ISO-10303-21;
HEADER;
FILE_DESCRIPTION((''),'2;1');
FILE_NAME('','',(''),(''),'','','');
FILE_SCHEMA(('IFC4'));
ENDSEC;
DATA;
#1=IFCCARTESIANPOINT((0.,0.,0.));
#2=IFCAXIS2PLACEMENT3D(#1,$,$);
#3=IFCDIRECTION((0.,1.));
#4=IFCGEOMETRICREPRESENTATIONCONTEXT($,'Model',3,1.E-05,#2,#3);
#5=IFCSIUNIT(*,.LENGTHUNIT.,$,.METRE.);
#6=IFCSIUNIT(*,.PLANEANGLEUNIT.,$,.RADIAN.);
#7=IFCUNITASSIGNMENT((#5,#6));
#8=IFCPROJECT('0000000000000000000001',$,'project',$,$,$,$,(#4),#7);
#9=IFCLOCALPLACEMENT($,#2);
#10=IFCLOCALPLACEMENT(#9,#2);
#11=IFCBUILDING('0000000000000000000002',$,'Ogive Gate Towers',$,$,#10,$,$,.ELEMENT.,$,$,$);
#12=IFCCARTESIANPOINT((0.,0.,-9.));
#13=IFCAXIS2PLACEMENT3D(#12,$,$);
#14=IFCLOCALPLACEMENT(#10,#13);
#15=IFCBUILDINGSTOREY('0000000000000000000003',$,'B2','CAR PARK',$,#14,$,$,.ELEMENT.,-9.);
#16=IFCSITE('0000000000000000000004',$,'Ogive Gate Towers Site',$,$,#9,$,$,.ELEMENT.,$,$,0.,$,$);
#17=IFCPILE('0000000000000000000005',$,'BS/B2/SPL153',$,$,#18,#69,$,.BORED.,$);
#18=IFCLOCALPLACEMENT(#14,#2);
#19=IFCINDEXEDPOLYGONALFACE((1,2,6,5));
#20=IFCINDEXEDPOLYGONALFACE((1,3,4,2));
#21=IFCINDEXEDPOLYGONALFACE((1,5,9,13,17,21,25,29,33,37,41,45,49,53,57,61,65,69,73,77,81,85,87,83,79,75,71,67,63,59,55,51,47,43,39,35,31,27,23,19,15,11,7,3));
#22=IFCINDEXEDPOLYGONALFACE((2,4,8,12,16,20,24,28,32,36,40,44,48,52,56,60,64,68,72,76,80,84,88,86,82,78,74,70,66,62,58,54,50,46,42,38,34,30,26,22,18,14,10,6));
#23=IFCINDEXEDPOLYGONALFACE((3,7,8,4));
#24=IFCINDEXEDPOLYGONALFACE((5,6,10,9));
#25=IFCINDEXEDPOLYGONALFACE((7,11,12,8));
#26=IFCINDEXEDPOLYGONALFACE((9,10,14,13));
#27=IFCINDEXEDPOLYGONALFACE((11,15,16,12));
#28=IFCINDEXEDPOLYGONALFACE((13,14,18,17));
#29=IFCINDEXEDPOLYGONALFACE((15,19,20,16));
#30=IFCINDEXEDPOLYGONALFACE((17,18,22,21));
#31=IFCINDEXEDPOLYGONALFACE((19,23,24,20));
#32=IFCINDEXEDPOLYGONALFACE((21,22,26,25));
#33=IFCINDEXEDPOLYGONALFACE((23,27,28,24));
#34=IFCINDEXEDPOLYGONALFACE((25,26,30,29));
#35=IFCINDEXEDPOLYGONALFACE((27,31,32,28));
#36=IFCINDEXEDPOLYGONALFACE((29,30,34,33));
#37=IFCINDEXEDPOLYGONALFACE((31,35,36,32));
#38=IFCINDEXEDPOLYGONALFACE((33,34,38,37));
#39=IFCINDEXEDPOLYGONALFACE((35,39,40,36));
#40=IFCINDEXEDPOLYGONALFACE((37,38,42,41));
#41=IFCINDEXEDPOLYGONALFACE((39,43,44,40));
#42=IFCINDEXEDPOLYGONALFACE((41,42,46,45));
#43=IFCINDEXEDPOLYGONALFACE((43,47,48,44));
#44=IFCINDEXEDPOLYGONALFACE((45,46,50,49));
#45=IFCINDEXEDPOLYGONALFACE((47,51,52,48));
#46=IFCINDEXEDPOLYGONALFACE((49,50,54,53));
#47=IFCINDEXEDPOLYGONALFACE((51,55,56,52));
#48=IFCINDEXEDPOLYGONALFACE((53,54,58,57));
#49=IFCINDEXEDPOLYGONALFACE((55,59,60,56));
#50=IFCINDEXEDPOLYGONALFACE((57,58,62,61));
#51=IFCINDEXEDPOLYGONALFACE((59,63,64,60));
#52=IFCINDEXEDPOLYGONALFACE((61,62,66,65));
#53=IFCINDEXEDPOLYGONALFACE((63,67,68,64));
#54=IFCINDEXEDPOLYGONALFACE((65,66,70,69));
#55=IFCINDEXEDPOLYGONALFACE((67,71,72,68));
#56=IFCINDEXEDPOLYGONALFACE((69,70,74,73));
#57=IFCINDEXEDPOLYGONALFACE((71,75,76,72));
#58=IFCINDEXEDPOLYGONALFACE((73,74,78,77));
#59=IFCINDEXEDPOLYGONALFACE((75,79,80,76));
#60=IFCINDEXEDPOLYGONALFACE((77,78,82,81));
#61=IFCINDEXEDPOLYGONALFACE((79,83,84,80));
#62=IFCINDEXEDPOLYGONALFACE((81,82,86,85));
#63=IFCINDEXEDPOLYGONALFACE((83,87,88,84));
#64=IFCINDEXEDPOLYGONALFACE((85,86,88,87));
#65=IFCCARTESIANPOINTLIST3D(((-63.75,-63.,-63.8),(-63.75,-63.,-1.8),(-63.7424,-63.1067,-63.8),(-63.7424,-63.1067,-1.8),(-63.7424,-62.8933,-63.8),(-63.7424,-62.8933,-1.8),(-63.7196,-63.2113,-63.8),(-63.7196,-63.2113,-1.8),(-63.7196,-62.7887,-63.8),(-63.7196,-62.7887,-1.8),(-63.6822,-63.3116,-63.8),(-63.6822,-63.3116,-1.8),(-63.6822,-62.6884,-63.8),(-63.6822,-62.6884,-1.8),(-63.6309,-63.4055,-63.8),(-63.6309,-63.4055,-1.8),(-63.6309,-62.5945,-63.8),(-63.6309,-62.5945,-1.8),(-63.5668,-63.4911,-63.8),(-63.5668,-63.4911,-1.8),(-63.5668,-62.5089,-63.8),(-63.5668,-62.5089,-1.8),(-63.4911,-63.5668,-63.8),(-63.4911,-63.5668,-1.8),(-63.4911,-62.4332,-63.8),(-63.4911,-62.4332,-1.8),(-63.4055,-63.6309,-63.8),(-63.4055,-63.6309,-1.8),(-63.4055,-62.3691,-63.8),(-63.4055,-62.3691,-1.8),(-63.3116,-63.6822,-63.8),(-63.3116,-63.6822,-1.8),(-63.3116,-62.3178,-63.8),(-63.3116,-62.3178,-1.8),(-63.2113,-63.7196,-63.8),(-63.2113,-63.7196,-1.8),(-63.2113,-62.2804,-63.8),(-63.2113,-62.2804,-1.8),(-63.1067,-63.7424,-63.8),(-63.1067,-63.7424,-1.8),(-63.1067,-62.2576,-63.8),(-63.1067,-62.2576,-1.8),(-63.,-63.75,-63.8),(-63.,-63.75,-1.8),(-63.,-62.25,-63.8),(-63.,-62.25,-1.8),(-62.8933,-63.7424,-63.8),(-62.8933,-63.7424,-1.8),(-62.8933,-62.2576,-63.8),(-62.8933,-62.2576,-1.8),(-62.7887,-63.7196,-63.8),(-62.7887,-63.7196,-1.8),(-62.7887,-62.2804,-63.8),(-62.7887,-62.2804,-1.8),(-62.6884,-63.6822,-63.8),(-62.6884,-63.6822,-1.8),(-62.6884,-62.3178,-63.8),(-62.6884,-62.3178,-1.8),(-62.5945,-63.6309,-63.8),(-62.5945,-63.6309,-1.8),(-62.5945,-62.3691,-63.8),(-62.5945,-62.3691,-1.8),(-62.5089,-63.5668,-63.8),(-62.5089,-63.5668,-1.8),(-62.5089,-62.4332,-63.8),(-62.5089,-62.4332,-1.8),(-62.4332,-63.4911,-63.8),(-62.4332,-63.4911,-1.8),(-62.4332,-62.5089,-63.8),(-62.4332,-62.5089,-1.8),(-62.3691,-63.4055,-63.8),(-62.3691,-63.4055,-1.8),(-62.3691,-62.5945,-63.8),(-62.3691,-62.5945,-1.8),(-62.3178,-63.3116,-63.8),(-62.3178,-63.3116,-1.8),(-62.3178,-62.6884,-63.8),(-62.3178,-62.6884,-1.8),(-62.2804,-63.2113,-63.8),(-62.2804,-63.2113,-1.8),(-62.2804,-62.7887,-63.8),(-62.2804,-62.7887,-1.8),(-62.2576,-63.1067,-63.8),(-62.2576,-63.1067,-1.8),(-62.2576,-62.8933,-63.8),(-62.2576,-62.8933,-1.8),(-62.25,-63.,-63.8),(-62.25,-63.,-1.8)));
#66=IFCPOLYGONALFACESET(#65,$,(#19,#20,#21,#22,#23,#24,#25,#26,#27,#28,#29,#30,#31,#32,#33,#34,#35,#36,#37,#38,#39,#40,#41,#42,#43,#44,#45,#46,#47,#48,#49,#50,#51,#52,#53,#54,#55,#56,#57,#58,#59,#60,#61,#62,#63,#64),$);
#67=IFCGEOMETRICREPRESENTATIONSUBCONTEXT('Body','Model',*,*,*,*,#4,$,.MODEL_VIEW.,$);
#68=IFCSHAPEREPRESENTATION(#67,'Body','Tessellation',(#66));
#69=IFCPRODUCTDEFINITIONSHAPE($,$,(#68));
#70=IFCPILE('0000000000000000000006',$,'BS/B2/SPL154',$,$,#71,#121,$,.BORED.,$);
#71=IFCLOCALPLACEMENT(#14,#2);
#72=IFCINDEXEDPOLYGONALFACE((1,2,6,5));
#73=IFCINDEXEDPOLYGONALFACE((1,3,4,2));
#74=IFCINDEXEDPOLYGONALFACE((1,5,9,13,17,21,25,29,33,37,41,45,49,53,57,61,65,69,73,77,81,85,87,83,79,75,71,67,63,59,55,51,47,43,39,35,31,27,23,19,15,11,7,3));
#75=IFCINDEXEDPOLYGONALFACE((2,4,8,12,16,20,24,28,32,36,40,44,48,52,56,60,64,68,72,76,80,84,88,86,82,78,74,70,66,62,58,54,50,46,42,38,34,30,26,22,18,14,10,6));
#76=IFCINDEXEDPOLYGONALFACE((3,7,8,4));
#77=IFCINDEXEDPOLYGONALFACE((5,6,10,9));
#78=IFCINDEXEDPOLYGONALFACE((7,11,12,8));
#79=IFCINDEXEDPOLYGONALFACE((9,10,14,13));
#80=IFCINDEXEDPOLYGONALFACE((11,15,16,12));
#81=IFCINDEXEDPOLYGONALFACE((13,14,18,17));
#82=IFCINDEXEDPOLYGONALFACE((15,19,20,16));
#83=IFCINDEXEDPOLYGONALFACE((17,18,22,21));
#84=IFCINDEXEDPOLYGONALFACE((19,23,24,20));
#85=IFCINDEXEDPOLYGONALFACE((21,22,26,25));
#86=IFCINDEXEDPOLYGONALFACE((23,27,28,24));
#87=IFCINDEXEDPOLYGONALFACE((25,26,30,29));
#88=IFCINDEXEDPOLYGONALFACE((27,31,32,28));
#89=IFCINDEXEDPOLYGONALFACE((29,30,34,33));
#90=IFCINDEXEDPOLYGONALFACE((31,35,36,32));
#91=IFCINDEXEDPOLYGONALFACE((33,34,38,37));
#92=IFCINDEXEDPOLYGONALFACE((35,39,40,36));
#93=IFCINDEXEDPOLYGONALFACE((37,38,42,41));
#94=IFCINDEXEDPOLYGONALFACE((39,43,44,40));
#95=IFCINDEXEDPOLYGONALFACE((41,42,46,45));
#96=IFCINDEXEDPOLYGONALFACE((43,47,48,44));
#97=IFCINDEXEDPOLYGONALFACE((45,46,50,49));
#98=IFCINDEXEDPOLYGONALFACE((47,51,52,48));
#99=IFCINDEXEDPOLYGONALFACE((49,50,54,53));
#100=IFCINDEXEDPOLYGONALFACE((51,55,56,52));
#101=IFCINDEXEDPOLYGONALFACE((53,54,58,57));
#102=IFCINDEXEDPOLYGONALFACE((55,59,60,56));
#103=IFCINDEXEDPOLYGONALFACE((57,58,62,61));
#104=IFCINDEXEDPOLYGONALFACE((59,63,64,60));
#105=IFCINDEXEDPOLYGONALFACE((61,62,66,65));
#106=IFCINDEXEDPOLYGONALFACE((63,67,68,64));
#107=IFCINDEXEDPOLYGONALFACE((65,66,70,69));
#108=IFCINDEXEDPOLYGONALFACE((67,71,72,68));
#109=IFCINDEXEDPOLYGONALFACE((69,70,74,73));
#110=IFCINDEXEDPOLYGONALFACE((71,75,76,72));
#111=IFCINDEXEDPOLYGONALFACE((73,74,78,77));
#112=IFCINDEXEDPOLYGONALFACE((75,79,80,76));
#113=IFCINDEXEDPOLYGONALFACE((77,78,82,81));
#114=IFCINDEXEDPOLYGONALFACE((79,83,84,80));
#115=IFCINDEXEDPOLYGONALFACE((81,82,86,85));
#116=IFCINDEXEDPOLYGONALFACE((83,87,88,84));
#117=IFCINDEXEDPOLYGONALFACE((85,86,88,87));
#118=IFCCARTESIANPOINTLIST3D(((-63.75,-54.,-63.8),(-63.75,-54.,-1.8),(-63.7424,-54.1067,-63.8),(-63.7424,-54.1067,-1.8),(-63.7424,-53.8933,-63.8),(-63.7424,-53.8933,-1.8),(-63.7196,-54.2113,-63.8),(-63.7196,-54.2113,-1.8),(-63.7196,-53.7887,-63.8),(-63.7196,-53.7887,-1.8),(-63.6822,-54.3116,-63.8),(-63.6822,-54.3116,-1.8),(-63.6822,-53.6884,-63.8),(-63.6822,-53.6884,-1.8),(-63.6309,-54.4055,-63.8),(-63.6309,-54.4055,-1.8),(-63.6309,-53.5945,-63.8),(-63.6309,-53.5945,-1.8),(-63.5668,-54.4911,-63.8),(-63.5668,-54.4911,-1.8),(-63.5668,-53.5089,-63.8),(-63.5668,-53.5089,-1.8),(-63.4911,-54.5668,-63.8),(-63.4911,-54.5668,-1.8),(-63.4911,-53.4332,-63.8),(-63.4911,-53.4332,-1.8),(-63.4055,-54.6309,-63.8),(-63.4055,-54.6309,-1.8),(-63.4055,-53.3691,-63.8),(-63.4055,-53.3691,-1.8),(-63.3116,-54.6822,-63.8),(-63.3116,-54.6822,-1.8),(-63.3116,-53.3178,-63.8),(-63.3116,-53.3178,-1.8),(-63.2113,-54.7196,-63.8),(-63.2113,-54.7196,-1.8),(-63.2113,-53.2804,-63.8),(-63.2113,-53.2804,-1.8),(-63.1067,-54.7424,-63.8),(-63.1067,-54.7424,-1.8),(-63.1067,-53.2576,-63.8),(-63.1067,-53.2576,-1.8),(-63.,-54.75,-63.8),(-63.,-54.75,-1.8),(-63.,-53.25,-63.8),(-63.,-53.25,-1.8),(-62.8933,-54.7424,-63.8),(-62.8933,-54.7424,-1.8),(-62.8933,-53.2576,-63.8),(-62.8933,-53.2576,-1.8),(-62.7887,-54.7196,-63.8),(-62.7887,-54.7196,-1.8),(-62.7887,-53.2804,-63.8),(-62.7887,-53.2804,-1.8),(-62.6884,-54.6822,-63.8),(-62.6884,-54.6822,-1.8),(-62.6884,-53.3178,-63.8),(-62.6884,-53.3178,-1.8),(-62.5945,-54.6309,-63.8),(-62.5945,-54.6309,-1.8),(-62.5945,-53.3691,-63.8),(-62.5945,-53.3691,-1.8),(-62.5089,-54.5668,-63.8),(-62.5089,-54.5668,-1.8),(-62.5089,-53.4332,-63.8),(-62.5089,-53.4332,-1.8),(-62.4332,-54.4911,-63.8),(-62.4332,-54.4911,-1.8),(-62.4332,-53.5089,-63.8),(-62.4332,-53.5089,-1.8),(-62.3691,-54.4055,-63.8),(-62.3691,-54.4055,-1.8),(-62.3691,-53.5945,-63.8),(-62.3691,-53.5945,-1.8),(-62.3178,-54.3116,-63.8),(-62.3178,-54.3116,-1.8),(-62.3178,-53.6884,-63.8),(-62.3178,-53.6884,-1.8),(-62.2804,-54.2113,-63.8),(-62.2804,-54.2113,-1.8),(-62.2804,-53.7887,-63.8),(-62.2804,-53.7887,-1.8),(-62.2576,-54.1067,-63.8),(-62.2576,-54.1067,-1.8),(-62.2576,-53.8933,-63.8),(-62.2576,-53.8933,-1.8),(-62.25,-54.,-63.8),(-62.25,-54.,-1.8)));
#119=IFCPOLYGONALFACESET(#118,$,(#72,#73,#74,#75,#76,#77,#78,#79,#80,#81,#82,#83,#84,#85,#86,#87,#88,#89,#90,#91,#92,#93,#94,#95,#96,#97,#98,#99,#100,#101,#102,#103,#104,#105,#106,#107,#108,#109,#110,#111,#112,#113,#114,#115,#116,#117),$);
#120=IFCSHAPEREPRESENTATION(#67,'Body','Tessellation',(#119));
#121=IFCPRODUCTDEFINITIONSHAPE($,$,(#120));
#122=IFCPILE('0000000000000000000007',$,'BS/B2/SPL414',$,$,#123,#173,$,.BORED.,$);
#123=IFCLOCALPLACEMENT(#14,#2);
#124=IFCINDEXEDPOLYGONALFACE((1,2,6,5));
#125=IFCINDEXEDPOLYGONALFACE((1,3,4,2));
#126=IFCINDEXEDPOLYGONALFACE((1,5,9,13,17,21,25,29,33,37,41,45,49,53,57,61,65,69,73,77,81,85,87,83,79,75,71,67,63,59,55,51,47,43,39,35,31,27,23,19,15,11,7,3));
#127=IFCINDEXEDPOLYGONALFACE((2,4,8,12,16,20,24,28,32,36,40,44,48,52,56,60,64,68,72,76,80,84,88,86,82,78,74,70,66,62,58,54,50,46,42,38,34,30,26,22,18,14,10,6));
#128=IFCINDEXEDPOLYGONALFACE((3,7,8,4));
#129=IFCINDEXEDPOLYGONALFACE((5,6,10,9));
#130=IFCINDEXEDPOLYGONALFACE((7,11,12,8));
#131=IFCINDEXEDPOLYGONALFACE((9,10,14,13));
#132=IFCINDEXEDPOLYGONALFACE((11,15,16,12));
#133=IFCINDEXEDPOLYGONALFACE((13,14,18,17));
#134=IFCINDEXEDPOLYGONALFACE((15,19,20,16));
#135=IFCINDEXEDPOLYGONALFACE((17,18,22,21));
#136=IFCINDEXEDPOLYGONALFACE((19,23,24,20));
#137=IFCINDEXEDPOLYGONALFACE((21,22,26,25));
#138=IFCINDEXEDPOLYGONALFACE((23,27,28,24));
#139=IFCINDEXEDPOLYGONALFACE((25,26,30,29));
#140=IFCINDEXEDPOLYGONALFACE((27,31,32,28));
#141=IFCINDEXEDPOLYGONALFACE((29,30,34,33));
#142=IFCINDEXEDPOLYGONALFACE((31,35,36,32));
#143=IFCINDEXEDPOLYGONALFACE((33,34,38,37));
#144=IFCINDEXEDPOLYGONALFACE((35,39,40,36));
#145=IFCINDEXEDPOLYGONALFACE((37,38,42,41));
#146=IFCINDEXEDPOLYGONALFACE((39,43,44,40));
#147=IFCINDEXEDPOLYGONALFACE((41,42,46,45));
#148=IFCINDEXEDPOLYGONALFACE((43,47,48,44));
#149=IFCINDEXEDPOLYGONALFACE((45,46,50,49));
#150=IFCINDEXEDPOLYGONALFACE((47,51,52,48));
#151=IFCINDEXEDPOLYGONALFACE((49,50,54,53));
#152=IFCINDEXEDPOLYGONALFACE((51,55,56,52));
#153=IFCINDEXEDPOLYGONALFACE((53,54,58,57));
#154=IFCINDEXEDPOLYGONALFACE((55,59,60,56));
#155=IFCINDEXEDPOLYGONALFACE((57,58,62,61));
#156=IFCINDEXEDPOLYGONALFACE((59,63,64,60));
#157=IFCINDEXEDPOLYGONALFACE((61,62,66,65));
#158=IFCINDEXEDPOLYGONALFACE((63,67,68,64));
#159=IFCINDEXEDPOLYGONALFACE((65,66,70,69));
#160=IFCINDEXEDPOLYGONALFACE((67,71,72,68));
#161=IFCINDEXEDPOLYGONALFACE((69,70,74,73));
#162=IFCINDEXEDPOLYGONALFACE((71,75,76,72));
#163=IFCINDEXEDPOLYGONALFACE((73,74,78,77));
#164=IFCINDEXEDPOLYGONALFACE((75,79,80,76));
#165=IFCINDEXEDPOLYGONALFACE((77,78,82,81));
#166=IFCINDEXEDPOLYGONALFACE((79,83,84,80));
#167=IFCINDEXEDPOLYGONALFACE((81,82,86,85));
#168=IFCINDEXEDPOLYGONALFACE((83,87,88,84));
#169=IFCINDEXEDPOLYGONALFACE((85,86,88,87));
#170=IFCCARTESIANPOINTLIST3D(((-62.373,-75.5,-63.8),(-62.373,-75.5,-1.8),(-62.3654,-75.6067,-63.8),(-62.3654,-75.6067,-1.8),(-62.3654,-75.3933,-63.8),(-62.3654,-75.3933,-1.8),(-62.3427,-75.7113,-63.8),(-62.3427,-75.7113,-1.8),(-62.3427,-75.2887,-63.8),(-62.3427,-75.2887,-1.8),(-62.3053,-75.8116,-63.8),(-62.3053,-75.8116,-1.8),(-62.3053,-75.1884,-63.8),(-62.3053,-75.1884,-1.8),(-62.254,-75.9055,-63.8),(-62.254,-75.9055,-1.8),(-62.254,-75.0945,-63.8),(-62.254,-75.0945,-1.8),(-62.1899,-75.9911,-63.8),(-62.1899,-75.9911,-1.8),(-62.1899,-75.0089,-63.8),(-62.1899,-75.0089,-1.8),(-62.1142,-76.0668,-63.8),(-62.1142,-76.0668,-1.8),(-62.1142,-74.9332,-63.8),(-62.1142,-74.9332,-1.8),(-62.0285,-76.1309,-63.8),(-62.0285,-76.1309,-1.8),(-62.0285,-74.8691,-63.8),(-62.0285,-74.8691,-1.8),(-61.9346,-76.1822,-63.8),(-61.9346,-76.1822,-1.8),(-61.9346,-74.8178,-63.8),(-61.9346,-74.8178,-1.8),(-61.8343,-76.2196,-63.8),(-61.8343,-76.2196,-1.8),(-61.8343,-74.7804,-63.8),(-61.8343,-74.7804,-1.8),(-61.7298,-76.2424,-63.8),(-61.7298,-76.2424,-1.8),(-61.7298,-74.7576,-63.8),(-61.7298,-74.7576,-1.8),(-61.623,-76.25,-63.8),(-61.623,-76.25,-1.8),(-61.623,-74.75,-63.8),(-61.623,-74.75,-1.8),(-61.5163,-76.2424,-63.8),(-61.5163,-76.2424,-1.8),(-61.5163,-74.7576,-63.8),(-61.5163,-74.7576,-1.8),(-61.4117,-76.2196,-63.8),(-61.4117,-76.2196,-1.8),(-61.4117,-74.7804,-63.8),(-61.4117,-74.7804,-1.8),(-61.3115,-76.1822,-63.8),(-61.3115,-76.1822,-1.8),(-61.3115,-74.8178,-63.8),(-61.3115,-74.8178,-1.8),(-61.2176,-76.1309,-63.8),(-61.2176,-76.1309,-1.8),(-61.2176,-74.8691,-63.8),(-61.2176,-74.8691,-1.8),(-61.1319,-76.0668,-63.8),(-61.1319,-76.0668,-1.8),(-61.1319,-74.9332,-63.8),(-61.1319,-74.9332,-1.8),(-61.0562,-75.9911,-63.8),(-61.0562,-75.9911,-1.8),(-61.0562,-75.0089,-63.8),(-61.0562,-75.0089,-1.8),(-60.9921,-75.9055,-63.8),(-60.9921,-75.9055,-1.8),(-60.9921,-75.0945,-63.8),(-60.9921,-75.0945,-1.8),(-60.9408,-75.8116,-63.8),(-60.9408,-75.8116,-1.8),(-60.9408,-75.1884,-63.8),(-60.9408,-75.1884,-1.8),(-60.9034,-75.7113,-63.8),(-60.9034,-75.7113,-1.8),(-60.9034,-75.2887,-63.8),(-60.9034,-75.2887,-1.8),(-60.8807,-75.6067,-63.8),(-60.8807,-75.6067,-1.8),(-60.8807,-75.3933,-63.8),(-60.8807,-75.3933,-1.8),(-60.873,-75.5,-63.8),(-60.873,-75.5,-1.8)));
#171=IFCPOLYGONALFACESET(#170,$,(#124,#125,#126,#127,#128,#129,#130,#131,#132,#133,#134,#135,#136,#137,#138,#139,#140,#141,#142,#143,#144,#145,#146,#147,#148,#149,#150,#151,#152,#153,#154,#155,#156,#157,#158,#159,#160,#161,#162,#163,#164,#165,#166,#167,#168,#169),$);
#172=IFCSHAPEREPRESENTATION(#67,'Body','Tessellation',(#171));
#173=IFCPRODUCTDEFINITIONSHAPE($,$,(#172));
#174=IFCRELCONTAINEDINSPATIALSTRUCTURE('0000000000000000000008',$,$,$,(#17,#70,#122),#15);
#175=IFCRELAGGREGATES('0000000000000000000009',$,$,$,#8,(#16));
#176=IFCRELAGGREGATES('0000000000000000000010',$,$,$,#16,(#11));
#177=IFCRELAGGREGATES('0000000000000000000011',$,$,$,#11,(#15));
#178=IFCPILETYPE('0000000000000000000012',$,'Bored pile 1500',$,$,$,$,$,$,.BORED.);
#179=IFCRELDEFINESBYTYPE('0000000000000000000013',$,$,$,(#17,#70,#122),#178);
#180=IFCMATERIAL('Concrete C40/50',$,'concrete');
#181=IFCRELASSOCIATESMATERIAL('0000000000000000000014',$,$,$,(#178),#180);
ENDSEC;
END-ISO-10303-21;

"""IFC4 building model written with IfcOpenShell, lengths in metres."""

from ifc_helpers import new_model, si_unit, direction, frame, origin, origin_2d, place, context, subcontext, project, spatial, circle, extrude, material, material_profile, profile_set, type_object, element, save


model = new_model("IFC4")

# Units and contexts
model_context = context("Model", 3, precision=1e-05, world=origin(), true_north=direction((0.0, 1.0)))
body_context = subcontext(model_context, "Body", "Model", "MODEL_VIEW")
ifc_project = project(units=[si_unit("LENGTHUNIT", "METRE"), si_unit("PLANEANGLEUNIT", "RADIAN")], contexts=[model_context])

# Site, building, storey
site_placement = place(None, origin())
site = spatial("IfcSite", under=ifc_project, at=site_placement, Name="Ogive Gate Towers Site", CompositionType="ELEMENT", RefElevation=0.0)
building_placement = place(site_placement, origin())
building = spatial("IfcBuilding", under=site, at=building_placement, Name="Ogive Gate Towers", CompositionType="ELEMENT")
storey_placement = place(building_placement, frame((0.0, 0.0, -9.0)))
storey = spatial("IfcBuildingStorey", under=building, at=storey_placement, Name="B2", Description="CAR PARK", CompositionType="ELEMENT", Elevation=-9.0)

# Piles
ifc_material_1 = material(Name="Concrete C40/50", Category="concrete")
ifc_material_profile_1 = material_profile(ifc_material_1, circle(Radius=0.75, at=origin_2d()), Name="BP 1500")
ifc_profile_set_1 = profile_set([ifc_material_profile_1], Name="Concrete C40/50")
pile_type = type_object("IfcPileType", Name="Bored pile 1500", PredefinedType="BORED", material=ifc_profile_set_1)
for number, where, z_axis, x_axis, name in (
    (1, (-63.0, -63.0, -1.8), (0.0, 0.0, -1.0), (1.0, 0.0, 0.0), "BS/B2/SPL153"),
    (2, (-63.0, -54.0, -1.8), (0.0, 0.0, -1.0), (1.0, 0.0, 0.0), "BS/B2/SPL154"),
    (3, (-61.623, -75.5, -1.8), (0.0, 0.0, -1.0), (1.0, 0.0, 0.0), "BS/B2/SPL414"),
):
    element("IfcPile", number, at=place(storey_placement, frame(where, z_axis=z_axis, x_axis=x_axis)), inside=storey, type_object=pile_type, Name=name, PredefinedType="BORED", context=body_context, shape_type="SweptSolid", body=[
        extrude(circle(Radius=0.75, at=origin_2d()), origin(), (0.0, 0.0, 1.0), 62.0),
    ])

save(model, "model.ifc")
